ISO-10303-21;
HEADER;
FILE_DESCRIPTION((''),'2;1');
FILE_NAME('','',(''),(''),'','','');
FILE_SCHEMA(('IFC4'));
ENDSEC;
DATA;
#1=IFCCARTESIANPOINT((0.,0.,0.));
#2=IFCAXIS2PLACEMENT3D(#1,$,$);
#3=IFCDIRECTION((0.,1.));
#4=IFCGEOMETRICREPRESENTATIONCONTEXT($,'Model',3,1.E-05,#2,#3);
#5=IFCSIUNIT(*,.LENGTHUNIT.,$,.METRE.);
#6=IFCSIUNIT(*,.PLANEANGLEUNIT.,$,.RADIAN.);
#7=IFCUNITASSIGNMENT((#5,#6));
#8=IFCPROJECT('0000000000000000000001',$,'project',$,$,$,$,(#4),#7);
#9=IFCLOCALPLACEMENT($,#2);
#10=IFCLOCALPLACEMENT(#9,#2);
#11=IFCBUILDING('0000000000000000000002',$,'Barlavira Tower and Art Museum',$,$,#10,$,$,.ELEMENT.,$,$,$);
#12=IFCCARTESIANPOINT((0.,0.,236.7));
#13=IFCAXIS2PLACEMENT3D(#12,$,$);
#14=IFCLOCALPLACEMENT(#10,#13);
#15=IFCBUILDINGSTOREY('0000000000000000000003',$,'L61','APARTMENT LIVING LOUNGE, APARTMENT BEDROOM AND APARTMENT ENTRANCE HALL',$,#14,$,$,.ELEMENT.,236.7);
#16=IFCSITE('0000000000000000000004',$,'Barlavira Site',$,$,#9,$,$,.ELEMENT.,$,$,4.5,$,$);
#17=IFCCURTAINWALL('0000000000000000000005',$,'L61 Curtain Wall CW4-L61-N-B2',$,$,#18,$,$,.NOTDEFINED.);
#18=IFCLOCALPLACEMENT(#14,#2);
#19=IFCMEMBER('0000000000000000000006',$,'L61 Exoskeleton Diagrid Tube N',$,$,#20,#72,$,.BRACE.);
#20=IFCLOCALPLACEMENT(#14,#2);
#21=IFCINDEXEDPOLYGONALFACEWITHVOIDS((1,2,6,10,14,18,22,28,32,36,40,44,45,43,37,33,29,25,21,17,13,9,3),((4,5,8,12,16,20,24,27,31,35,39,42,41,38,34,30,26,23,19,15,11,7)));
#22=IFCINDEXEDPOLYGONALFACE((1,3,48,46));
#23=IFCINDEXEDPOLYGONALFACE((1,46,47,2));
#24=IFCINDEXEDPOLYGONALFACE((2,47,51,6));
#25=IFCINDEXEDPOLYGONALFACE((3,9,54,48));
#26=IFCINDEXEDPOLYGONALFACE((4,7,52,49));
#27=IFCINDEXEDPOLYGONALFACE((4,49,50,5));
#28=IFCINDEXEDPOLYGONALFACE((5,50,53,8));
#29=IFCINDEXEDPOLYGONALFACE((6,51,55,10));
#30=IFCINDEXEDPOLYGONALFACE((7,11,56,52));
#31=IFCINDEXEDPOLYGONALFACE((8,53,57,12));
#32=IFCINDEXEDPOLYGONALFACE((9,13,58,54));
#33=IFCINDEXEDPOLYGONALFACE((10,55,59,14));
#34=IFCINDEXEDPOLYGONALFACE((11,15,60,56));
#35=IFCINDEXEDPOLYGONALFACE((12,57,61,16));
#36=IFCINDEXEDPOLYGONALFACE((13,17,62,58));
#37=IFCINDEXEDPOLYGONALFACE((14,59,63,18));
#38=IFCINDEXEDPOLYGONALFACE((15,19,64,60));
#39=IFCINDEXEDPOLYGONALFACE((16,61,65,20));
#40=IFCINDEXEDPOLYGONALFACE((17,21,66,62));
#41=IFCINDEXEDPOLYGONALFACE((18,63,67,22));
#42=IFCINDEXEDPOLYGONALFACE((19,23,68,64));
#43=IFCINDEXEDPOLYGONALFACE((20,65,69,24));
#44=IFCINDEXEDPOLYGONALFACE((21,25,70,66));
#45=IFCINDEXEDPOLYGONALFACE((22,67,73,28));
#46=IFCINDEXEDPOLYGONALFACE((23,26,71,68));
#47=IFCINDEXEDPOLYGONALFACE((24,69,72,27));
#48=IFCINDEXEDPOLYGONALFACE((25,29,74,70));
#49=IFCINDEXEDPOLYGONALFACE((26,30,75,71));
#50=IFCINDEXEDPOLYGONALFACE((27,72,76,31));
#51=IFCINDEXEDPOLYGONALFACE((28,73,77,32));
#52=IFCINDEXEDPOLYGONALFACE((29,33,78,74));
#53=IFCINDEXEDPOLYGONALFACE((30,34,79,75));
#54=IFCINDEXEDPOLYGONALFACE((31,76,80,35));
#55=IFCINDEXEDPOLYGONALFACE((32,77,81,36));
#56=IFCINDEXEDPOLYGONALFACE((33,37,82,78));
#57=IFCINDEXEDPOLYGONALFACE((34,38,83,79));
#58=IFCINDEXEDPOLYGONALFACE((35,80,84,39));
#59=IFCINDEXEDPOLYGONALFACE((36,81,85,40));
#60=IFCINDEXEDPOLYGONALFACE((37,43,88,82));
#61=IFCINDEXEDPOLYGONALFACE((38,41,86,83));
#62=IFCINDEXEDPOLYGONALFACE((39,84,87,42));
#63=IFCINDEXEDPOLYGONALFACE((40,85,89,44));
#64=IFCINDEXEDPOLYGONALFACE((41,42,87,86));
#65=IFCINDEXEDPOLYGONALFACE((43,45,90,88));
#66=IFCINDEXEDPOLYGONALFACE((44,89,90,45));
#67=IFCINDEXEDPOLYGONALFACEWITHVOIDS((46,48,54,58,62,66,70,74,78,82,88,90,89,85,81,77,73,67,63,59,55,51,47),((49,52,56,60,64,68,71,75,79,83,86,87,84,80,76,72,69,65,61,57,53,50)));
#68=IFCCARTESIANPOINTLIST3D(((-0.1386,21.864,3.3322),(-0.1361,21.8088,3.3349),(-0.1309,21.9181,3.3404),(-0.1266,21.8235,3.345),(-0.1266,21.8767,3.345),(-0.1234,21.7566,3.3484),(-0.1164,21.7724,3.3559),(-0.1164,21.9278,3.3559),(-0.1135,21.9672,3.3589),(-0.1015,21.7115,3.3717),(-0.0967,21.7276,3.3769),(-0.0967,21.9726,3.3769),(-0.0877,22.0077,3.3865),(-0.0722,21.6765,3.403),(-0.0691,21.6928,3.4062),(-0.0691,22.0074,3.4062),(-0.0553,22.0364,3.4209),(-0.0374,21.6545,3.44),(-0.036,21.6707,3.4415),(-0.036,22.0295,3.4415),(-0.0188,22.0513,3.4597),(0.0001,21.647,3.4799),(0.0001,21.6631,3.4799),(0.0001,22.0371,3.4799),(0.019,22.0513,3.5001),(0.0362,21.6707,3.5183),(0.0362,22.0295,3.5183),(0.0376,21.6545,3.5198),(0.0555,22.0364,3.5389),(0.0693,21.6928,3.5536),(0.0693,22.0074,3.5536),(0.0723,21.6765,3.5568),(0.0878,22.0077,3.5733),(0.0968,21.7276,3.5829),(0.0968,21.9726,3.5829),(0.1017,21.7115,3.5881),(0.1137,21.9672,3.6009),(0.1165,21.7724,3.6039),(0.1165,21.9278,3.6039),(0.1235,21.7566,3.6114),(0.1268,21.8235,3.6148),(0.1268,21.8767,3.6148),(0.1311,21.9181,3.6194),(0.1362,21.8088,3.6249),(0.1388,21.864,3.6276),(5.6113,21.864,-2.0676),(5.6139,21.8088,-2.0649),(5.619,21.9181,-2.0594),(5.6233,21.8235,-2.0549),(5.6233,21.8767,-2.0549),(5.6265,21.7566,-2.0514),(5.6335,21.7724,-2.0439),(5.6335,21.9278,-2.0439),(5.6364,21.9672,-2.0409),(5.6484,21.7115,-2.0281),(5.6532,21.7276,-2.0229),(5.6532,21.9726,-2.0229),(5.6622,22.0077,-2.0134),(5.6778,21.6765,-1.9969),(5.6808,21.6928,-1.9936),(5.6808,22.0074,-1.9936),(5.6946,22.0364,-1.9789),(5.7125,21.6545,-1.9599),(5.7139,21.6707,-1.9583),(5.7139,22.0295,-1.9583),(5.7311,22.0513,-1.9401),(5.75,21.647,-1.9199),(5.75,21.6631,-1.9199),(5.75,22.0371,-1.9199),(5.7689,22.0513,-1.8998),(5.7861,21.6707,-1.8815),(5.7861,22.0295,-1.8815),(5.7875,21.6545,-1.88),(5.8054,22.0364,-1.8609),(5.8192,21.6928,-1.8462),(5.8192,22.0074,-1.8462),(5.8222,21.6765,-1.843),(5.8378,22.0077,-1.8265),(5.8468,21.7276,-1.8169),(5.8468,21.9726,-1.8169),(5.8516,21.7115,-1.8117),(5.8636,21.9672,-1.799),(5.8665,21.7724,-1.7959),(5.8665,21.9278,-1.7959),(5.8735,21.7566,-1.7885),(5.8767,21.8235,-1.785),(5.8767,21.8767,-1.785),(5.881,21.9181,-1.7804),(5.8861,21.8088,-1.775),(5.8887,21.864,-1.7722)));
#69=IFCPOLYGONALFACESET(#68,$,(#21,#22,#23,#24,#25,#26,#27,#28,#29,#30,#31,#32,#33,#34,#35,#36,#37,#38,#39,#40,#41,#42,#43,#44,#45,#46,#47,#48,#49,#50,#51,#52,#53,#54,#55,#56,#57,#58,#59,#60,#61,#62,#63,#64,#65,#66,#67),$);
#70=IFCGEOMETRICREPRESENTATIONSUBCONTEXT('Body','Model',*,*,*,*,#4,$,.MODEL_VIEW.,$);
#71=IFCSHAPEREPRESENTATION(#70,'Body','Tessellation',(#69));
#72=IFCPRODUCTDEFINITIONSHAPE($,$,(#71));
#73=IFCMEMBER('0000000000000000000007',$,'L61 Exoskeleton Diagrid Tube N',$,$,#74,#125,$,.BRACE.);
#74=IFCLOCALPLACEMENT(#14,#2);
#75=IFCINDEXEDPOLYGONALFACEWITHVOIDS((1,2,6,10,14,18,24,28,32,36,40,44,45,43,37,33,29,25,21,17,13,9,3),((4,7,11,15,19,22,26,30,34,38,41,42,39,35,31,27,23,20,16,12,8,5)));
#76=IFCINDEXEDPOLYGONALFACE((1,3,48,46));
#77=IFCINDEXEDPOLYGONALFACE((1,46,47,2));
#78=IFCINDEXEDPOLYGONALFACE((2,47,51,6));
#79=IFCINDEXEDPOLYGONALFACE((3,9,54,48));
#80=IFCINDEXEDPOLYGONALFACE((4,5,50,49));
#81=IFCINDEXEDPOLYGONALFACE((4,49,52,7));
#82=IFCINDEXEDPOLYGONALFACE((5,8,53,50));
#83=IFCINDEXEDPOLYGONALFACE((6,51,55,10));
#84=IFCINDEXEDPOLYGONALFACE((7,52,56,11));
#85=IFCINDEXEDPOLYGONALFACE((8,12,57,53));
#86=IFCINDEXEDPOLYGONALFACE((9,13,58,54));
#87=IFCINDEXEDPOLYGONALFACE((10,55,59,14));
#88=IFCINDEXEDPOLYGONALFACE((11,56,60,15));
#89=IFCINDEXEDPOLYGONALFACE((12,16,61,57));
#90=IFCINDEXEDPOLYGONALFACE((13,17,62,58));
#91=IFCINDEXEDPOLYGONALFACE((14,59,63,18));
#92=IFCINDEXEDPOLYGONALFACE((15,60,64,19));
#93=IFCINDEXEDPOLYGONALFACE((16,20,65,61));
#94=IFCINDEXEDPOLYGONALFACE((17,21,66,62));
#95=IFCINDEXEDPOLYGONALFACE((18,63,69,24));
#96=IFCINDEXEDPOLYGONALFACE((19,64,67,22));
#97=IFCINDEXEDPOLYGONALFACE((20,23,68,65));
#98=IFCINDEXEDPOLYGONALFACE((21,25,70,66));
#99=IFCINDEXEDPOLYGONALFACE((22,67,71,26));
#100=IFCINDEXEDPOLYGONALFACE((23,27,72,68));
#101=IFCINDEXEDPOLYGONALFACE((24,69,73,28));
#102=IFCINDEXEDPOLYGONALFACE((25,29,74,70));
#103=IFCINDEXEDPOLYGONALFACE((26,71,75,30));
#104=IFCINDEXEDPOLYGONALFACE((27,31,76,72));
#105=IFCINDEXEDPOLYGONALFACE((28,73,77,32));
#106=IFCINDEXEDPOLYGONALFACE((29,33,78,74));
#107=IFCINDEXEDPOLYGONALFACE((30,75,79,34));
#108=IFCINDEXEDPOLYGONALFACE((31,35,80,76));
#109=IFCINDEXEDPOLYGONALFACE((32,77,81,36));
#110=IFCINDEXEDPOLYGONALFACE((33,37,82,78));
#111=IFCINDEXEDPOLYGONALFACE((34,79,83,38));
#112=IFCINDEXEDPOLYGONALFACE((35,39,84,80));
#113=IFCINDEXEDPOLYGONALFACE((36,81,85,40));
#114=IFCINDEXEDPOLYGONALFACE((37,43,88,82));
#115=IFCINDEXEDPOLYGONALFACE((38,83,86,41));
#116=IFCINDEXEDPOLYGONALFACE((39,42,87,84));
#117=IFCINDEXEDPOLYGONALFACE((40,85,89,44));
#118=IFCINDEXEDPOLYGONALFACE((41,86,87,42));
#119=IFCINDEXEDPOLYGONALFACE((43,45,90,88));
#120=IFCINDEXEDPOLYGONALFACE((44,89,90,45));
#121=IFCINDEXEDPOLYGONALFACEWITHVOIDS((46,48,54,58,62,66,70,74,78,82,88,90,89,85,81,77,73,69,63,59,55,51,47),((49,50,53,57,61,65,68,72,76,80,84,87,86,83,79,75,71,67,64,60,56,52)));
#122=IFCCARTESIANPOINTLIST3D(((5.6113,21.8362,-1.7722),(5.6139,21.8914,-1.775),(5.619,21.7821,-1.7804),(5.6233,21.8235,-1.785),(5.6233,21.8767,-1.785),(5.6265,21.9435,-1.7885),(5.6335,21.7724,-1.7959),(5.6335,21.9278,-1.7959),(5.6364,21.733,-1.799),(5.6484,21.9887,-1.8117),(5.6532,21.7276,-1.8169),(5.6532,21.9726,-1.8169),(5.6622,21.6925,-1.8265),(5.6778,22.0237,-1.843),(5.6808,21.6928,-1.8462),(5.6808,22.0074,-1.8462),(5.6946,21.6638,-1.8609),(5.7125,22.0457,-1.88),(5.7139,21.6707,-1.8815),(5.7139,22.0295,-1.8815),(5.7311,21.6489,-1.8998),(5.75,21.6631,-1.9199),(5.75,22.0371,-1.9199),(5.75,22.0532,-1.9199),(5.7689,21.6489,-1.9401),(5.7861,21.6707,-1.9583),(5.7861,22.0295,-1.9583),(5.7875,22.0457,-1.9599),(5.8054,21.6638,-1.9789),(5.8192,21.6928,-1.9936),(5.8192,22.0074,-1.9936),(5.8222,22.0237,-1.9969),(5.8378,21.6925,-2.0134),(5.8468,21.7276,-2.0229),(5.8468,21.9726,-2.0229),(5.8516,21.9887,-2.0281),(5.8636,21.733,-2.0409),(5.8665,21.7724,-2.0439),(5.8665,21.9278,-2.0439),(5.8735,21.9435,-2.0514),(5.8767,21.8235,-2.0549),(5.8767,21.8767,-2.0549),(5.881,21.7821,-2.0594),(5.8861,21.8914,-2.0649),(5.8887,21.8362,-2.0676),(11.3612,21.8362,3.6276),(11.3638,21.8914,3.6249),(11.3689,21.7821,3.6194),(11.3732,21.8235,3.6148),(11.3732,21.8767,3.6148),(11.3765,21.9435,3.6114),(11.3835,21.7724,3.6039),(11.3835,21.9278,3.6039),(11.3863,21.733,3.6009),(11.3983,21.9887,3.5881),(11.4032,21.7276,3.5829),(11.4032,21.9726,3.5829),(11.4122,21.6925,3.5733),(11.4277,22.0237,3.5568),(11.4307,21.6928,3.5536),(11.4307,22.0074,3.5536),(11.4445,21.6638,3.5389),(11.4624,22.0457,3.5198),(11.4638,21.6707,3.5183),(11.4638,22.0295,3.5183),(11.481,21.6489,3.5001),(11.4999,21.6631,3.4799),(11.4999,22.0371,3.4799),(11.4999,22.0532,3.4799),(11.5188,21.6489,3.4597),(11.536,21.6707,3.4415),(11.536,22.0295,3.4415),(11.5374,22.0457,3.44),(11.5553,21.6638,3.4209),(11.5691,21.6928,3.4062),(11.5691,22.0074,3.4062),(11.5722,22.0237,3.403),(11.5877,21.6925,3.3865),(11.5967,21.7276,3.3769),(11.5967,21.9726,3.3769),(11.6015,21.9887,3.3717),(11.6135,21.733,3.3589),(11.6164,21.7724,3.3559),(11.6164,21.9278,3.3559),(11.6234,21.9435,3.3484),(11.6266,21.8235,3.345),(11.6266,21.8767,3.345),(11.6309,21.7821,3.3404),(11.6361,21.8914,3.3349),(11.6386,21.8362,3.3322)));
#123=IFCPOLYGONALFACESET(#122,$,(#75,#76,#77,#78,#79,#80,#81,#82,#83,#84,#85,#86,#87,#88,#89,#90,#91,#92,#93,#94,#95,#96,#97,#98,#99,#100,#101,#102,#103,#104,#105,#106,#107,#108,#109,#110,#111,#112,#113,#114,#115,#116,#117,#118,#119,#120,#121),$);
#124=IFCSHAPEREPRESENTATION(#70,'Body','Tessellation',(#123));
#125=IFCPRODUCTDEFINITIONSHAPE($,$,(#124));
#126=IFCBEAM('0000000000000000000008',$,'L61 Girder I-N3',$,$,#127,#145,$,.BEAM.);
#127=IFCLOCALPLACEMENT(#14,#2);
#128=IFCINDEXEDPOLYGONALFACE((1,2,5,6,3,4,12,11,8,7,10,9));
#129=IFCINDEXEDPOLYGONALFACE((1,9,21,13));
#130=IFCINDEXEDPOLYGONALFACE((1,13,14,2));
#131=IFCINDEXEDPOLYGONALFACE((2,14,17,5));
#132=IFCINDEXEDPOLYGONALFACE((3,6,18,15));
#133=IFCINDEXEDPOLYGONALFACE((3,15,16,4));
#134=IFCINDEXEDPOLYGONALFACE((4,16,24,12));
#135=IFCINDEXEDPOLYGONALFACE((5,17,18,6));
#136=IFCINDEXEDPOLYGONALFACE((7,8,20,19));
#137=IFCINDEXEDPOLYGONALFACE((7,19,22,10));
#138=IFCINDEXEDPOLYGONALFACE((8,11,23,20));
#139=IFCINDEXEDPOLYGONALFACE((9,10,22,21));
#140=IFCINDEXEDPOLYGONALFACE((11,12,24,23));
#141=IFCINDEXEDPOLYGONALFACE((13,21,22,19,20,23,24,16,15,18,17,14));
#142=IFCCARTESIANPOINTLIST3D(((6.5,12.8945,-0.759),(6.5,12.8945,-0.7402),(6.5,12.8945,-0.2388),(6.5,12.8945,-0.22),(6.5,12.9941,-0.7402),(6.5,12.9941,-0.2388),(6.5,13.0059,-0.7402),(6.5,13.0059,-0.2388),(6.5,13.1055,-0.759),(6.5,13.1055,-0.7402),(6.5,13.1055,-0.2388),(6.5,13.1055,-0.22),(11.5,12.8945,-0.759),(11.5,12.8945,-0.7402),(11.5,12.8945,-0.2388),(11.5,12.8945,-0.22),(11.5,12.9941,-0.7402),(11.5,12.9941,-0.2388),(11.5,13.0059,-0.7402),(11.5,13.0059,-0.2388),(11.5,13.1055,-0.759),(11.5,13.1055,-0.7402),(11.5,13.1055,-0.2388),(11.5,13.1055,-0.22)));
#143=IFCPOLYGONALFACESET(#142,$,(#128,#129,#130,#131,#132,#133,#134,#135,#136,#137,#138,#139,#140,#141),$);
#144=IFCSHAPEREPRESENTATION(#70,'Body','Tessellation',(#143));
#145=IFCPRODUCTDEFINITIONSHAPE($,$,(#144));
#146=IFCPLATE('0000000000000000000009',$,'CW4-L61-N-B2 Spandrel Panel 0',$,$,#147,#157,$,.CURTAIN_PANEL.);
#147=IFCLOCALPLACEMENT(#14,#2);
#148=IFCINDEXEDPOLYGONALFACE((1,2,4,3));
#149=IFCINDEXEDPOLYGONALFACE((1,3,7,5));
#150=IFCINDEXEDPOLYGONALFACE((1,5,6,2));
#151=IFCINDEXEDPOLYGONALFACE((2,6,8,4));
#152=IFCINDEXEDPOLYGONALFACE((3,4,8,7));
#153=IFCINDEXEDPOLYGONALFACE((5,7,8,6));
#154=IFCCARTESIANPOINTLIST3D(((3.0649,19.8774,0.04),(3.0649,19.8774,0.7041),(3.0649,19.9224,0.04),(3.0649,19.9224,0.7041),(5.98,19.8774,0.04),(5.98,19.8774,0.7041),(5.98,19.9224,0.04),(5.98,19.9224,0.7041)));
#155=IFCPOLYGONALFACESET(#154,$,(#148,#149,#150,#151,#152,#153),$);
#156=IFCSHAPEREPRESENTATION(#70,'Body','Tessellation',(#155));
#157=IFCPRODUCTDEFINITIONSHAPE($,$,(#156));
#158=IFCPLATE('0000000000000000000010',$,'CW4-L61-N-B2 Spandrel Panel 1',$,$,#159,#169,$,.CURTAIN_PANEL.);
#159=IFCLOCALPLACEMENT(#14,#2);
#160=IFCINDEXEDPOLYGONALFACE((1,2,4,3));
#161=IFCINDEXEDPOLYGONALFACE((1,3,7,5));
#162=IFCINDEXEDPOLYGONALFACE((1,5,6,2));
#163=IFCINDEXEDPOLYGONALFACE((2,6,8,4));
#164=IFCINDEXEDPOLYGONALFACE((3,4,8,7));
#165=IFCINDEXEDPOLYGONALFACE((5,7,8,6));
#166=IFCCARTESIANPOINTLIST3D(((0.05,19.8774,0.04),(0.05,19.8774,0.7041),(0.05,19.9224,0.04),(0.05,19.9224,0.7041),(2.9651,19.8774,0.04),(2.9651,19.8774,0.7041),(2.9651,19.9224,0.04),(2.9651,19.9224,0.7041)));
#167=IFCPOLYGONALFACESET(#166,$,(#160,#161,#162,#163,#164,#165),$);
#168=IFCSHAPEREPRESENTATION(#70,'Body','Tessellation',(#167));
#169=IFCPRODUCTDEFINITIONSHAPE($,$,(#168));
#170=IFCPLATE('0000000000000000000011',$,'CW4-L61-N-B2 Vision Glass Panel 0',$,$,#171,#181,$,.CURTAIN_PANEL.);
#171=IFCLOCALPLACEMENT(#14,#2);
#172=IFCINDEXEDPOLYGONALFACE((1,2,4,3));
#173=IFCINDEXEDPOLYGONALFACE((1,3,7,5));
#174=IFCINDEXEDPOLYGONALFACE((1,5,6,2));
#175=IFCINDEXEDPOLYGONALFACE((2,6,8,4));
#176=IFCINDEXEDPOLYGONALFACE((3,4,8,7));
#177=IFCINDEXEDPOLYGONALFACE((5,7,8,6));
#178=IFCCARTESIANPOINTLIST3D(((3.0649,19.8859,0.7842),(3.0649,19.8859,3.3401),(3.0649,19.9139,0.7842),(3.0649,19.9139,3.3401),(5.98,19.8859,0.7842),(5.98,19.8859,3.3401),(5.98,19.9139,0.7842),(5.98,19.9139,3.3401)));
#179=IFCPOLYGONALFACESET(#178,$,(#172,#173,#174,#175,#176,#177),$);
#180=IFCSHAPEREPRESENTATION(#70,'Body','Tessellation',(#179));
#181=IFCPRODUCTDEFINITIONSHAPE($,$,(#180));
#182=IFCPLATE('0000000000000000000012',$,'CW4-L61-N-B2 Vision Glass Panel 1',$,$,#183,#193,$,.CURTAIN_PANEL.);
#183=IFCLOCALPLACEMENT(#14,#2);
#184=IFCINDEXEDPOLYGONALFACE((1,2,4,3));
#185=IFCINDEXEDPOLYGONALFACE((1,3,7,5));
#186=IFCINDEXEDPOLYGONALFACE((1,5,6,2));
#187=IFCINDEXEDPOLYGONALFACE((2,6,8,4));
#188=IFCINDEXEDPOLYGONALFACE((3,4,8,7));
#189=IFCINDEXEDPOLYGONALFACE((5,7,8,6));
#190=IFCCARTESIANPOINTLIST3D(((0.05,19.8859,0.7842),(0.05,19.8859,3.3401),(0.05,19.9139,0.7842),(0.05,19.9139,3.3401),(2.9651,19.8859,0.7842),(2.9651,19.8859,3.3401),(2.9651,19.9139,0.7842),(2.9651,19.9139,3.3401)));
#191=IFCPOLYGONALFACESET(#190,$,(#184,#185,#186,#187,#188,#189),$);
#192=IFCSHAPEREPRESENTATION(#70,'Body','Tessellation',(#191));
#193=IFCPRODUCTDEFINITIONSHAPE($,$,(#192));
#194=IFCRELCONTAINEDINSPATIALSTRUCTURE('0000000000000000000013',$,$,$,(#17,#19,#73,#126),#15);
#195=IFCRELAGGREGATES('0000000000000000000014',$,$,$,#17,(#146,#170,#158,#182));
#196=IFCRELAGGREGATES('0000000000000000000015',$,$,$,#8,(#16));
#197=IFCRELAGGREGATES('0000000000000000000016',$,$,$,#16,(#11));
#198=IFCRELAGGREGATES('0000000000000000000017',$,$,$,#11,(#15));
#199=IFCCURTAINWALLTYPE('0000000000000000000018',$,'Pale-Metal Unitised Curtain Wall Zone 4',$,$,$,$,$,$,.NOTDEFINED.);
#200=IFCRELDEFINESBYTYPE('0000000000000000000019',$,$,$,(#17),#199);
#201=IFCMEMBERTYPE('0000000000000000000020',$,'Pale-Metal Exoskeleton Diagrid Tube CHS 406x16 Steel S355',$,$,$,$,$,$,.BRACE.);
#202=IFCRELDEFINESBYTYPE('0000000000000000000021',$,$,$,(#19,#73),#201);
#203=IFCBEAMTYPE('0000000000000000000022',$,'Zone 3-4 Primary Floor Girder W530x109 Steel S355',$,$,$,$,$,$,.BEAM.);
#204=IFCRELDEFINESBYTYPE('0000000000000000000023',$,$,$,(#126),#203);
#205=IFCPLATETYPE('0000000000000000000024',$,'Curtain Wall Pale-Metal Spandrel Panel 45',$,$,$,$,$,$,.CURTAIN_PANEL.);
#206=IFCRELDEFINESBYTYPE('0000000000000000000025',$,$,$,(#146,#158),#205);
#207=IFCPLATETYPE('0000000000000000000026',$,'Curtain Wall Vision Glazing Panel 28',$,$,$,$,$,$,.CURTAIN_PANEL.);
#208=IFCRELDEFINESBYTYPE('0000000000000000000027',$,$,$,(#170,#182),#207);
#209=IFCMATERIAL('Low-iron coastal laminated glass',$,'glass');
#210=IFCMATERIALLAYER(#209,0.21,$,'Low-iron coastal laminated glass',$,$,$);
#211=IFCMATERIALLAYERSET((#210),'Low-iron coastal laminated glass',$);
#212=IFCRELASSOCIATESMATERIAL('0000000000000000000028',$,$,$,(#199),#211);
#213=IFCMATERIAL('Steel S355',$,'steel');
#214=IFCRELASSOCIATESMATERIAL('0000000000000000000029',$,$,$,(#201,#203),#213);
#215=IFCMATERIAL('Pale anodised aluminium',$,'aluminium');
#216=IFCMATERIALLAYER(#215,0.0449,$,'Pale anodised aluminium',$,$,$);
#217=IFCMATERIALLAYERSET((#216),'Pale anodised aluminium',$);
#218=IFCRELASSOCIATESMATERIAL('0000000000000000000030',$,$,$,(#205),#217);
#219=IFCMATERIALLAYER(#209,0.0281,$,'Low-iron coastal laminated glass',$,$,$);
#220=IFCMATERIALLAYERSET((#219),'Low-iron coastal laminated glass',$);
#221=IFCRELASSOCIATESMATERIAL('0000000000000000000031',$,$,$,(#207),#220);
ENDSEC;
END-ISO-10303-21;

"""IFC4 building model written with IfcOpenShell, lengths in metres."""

from ifc_helpers import new_model, si_unit, direction, frame, origin, origin_2d, place, context, subcontext, project, spatial, rectangle, hollow_circle, i_section, extrude, material, layer, layer_set, material_profile, profile_set, type_object, element, aggregate, save


model = new_model("IFC4")

# Units and contexts
model_context = context("Model", 3, precision=1e-05, world=origin(), true_north=direction((0.0, 1.0)))
body_context = subcontext(model_context, "Body", "Model", "MODEL_VIEW")
ifc_project = project(units=[si_unit("LENGTHUNIT", "METRE"), si_unit("PLANEANGLEUNIT", "RADIAN")], contexts=[model_context])

# Site, building, storey
site_placement = place(None, origin())
site = spatial("IfcSite", under=ifc_project, at=site_placement, Name="Barlavira Site", CompositionType="ELEMENT", RefElevation=4.5)
building_placement = place(site_placement, origin())
building = spatial("IfcBuilding", under=site, at=building_placement, Name="Barlavira Tower and Art Museum", CompositionType="ELEMENT")
storey_placement = place(building_placement, frame((0.0, 0.0, 236.7)))
storey = spatial("IfcBuildingStorey", under=building, at=storey_placement, Name="L61", Description="APARTMENT LIVING LOUNGE, APARTMENT BEDROOM AND APARTMENT ENTRANCE HALL", CompositionType="ELEMENT", Elevation=236.7)

# Curtain wall
ifc_material_1 = material(Name="Low-iron coastal laminated glass", Category="glass")
ifc_layer_1 = layer(ifc_material_1, 0.21, Name="Low-iron coastal laminated glass")
ifc_layer_set_1 = layer_set([ifc_layer_1], Name="Low-iron coastal laminated glass")
curtain_wall_type = type_object("IfcCurtainWallType", Name="Pale-Metal Unitised Curtain Wall Zone 4", PredefinedType="NOTDEFINED", material=ifc_layer_set_1)
curtain_wall_placement = place(storey_placement, origin())
curtain_wall = element("IfcCurtainWall", 1, at=curtain_wall_placement, inside=storey, type_object=curtain_wall_type, Name="L61 Curtain Wall CW4-L61-N-B2", PredefinedType="NOTDEFINED")
ifc_material_2 = material(Name="Pale anodised aluminium", Category="aluminium")

# Members
ifc_material_3 = material(Name="Steel S355", Category="steel")
ifc_material_profile_1 = material_profile(ifc_material_3, hollow_circle(Radius=0.2031, WallThickness=0.0161, at=origin_2d()), Name="CHS 406.4x16.0")
ifc_profile_set_1 = profile_set([ifc_material_profile_1], Name="Steel S355")
member_type_1 = type_object("IfcMemberType", Name="Pale-Metal Exoskeleton Diagrid Tube CHS 406x16 Steel S355", PredefinedType="BRACE", material=ifc_profile_set_1)
for number, where, z_axis, x_axis, name in (
    (2, (5.75, 21.8501, -1.9199), (-0.72895, 0.0, 0.684567), (0.0, -1.0, 0.0), "L61 Exoskeleton Diagrid Tube N"),
    (3, (5.75, 21.8501, -1.9199), (0.72895, 0.0, 0.684567), (0.0, 1.0, 0.0), "L61 Exoskeleton Diagrid Tube N"),
):
    element("IfcMember", number, at=place(storey_placement, frame(where, z_axis=z_axis, x_axis=x_axis)), inside=storey, type_object=member_type_1, Name=name, PredefinedType="BRACE", context=body_context, shape_type="SweptSolid", body=[
        extrude(hollow_circle(Radius=0.2031, WallThickness=0.0161, at=origin_2d()), origin(), (0.0, 0.0, 1.0), 7.8879),
    ])

# Beam
ifc_material_profile_2 = material_profile(ifc_material_3, i_section(OverallWidth=0.2109, OverallDepth=0.5391, WebThickness=0.0117, FlangeThickness=0.0188, at=origin_2d()), Name="W530x109.0")
ifc_profile_set_2 = profile_set([ifc_material_profile_2], Name="Steel S355")
beam_type = type_object("IfcBeamType", Name="Zone 3-4 Primary Floor Girder W530x109 Steel S355", PredefinedType="BEAM", material=ifc_profile_set_2)
beam_placement = place(storey_placement, frame((6.5, 13.0, -0.4895), z_axis=(1.0, 0.0, 0.0), x_axis=(0.0, 1.0, 0.0)))
element("IfcBeam", 4, at=beam_placement, inside=storey, type_object=beam_type, Name="L61 Girder I-N3", PredefinedType="BEAM", context=body_context, shape_type="SweptSolid", body=[
    extrude(i_section(OverallWidth=0.2109, OverallDepth=0.5391, WebThickness=0.0117, FlangeThickness=0.0188, at=origin_2d()), origin(), (0.0, 0.0, 1.0), 5.0),
])

# Plates
ifc_layer_2 = layer(ifc_material_2, 0.0449, Name="Pale anodised aluminium")
ifc_layer_set_2 = layer_set([ifc_layer_2], Name="Pale anodised aluminium")
plate_type_1 = type_object("IfcPlateType", Name="Curtain Wall Pale-Metal Spandrel Panel 45", PredefinedType="CURTAIN_PANEL", material=ifc_layer_set_2)
plate_1_placement = place(storey_placement, frame((4.5225, 19.8999, 0.04), z_axis=(0.0, 0.0, 1.0), x_axis=(-1.0, 0.0, 0.0)))
plate_1 = element("IfcPlate", 5, at=plate_1_placement, type_object=plate_type_1, Name="CW4-L61-N-B2 Spandrel Panel 0", PredefinedType="CURTAIN_PANEL", context=body_context, shape_type="SweptSolid", body=[
    extrude(rectangle(XDim=2.915, YDim=0.0449, at=origin_2d()), origin(), (0.0, 0.0, 1.0), 0.6641),
])
plate_2_placement = place(storey_placement, frame((1.5076, 19.8999, 0.04), z_axis=(0.0, 0.0, 1.0), x_axis=(-1.0, 0.0, 0.0)))
plate_2 = element("IfcPlate", 6, at=plate_2_placement, type_object=plate_type_1, Name="CW4-L61-N-B2 Spandrel Panel 1", PredefinedType="CURTAIN_PANEL", context=body_context, shape_type="SweptSolid", body=[
    extrude(rectangle(XDim=2.915, YDim=0.0449, at=origin_2d()), origin(), (0.0, 0.0, 1.0), 0.6641),
])
ifc_layer_3 = layer(ifc_material_1, 0.0281, Name="Low-iron coastal laminated glass")
ifc_layer_set_3 = layer_set([ifc_layer_3], Name="Low-iron coastal laminated glass")
plate_type_2 = type_object("IfcPlateType", Name="Curtain Wall Vision Glazing Panel 28", PredefinedType="CURTAIN_PANEL", material=ifc_layer_set_3)
plate_3_placement = place(storey_placement, frame((4.5225, 19.8999, 0.7842), z_axis=(0.0, 0.0, 1.0), x_axis=(-1.0, 0.0, 0.0)))
plate_3 = element("IfcPlate", 7, at=plate_3_placement, type_object=plate_type_2, Name="CW4-L61-N-B2 Vision Glass Panel 0", PredefinedType="CURTAIN_PANEL", context=body_context, shape_type="SweptSolid", body=[
    extrude(rectangle(XDim=2.915, YDim=0.0281, at=origin_2d()), origin(), (0.0, 0.0, 1.0), 2.5559),
])
plate_4_placement = place(storey_placement, frame((1.5076, 19.8999, 0.7842), z_axis=(0.0, 0.0, 1.0), x_axis=(-1.0, 0.0, 0.0)))
plate_4 = element("IfcPlate", 8, at=plate_4_placement, type_object=plate_type_2, Name="CW4-L61-N-B2 Vision Glass Panel 1", PredefinedType="CURTAIN_PANEL", context=body_context, shape_type="SweptSolid", body=[
    extrude(rectangle(XDim=2.915, YDim=0.0281, at=origin_2d()), origin(), (0.0, 0.0, 1.0), 2.5559),
])
aggregate(curtain_wall, [plate_1, plate_3, plate_2, plate_4])

save(model, "model.ifc")
